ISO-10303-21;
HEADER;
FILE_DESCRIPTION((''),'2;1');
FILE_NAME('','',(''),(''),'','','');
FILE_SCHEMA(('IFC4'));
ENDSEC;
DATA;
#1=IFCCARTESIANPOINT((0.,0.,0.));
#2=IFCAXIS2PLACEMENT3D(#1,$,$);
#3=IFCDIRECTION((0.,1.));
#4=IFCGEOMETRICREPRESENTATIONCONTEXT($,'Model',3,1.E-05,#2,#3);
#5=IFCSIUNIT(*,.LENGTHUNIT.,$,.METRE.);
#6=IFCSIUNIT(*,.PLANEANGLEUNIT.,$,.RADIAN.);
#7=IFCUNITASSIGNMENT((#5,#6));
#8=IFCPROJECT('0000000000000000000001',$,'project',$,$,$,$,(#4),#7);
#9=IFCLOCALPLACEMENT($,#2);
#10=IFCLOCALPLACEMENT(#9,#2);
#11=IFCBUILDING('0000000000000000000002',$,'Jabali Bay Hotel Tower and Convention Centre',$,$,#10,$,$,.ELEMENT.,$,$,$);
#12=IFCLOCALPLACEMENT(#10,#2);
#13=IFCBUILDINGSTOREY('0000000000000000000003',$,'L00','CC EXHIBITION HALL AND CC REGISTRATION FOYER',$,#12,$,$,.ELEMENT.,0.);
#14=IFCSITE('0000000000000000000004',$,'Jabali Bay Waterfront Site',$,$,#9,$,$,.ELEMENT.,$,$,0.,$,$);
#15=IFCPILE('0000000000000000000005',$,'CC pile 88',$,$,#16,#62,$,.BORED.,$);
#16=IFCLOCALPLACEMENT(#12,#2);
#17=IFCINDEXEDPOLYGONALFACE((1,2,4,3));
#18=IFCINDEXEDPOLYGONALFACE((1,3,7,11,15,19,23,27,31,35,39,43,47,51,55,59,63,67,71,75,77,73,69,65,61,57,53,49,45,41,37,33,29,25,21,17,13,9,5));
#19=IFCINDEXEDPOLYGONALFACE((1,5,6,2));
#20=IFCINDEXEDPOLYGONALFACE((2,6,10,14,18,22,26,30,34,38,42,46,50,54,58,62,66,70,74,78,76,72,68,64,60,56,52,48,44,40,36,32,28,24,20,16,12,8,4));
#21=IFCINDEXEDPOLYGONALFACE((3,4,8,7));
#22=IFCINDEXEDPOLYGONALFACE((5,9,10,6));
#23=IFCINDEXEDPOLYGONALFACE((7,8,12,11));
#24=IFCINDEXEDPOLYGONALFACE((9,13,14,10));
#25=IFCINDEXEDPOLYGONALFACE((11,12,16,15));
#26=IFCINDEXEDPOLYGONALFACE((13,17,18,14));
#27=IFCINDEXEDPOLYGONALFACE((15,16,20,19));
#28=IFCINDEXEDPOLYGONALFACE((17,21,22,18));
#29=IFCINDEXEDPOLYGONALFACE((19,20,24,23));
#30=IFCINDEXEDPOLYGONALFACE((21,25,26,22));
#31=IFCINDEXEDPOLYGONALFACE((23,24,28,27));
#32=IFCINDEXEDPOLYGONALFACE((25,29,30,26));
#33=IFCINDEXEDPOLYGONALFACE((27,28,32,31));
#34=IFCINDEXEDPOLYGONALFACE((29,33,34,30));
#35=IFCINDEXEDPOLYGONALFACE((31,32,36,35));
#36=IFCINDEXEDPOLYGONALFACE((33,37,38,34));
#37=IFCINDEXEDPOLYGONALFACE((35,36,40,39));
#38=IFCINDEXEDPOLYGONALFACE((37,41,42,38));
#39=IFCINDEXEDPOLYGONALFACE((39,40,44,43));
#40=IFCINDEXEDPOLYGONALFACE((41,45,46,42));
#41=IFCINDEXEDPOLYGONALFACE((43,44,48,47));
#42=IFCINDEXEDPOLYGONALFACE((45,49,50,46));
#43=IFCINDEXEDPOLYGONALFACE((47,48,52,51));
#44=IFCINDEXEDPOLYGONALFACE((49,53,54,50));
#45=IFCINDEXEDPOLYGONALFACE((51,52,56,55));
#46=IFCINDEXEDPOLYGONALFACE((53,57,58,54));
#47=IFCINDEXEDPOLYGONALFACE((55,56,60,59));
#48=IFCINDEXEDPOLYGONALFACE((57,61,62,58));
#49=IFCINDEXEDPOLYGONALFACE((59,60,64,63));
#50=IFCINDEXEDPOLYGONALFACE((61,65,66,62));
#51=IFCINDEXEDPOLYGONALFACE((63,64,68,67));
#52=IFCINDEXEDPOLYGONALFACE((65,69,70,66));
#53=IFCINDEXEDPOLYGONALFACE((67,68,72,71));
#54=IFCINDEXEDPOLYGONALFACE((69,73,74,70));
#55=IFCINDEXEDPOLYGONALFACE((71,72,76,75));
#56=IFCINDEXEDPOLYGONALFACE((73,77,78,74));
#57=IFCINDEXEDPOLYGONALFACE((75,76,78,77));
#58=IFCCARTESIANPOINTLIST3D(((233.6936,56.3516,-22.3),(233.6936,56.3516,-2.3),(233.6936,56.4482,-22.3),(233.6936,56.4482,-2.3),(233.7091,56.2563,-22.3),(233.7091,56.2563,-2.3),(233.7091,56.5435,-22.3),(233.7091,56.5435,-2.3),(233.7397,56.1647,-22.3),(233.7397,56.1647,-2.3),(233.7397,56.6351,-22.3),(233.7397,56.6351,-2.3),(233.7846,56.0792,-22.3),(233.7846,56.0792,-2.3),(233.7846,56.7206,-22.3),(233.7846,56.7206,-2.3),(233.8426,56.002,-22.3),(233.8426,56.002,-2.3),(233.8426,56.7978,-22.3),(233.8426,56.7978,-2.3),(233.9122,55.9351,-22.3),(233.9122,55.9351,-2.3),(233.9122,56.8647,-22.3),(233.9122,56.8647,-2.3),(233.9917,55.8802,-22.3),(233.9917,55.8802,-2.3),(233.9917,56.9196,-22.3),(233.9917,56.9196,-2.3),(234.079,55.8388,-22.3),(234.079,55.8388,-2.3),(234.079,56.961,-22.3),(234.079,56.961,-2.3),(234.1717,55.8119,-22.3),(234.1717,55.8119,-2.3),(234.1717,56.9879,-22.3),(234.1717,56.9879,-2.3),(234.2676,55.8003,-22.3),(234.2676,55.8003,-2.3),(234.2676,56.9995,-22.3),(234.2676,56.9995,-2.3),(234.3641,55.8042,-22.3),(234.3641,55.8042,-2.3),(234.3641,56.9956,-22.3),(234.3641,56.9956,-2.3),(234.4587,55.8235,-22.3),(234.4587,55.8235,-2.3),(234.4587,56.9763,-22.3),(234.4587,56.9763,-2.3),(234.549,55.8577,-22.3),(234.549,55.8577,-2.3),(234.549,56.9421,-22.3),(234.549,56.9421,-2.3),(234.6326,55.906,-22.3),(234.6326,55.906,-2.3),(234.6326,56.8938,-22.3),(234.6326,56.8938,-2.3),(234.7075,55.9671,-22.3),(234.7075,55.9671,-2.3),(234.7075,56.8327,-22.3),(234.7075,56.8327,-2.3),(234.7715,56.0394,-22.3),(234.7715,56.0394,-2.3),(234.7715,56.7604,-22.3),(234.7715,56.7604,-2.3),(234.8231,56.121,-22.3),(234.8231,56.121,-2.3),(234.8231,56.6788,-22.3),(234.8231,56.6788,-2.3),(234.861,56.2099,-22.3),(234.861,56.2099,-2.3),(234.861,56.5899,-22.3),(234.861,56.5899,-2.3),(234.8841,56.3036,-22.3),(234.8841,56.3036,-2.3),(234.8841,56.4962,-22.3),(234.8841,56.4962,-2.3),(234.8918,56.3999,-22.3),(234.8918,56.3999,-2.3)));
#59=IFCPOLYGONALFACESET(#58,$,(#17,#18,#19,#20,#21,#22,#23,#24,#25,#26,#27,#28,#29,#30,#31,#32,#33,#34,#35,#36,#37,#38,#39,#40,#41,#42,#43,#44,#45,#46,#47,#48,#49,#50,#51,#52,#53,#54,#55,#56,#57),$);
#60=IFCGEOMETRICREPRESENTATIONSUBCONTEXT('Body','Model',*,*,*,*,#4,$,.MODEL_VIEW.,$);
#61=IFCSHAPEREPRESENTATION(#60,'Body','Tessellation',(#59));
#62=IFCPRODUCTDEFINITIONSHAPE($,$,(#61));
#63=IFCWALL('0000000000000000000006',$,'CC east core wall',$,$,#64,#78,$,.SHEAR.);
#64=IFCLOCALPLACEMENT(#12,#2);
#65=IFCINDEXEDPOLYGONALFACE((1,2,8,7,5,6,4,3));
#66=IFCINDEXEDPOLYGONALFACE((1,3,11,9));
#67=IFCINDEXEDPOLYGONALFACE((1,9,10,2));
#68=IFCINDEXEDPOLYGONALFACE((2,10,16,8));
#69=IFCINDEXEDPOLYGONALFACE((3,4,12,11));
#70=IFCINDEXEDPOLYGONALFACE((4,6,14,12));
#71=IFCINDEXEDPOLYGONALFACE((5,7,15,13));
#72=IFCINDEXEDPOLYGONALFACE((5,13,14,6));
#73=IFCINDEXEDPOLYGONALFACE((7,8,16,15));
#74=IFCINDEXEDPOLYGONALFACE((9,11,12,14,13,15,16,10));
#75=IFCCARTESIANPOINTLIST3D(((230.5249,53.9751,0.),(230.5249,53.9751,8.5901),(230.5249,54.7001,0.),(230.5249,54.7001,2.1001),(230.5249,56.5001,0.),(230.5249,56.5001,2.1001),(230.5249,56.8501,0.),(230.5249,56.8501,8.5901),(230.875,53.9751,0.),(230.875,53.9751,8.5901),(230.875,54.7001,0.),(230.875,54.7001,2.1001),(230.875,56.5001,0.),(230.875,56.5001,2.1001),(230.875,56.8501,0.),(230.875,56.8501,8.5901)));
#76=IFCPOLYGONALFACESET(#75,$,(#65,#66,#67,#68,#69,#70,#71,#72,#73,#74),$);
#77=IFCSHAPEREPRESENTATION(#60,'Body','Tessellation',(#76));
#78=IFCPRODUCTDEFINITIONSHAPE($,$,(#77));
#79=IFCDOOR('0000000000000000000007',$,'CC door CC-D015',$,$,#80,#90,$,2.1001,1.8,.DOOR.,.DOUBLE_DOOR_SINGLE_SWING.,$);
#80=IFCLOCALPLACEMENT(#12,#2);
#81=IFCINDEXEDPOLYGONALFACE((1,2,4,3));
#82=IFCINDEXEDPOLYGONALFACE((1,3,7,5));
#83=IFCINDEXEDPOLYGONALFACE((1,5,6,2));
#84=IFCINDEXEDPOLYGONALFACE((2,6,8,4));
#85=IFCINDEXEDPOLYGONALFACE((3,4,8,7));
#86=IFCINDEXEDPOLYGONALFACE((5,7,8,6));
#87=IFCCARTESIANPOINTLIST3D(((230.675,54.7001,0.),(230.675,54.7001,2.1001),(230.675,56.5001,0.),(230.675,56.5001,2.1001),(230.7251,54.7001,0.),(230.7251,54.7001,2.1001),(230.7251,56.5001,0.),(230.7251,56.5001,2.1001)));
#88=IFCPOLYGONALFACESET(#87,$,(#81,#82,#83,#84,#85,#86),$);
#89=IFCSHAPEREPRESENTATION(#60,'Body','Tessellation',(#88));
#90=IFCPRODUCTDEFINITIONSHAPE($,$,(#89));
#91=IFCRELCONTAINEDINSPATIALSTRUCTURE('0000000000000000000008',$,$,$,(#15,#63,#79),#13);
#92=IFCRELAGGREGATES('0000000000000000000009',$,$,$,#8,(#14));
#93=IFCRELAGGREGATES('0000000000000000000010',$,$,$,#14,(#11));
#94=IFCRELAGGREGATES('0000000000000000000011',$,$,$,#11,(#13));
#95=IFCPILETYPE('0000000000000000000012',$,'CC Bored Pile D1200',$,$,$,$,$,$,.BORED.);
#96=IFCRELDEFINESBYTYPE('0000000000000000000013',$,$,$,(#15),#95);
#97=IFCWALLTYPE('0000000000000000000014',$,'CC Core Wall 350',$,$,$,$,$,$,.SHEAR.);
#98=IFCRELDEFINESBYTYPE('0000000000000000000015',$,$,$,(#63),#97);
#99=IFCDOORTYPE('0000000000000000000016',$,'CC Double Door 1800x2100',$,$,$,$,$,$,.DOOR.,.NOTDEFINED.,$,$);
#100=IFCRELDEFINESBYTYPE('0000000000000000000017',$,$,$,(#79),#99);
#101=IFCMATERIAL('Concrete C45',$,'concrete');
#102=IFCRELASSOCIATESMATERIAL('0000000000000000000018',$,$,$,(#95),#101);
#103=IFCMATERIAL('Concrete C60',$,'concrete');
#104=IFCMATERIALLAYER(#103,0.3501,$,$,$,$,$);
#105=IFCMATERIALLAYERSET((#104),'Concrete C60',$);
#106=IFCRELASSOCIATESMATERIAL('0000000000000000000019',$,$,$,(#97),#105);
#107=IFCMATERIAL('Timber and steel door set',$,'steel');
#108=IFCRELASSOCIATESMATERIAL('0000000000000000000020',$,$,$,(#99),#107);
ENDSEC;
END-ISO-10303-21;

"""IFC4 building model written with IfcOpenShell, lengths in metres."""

from ifc_helpers import new_model, si_unit, direction, frame, frame_2d, origin, origin_2d, place, context, subcontext, project, spatial, rectangle, circle, extrude, material, layer, layer_set, material_profile, profile_set, type_object, element, fill, save


model = new_model("IFC4")

# Units and contexts
model_context = context("Model", 3, precision=1e-05, world=origin(), true_north=direction((0.0, 1.0)))
body_context = subcontext(model_context, "Body", "Model", "MODEL_VIEW")
ifc_project = project(units=[si_unit("LENGTHUNIT", "METRE"), si_unit("PLANEANGLEUNIT", "RADIAN")], contexts=[model_context])

# Site, building, storey
site_placement = place(None, origin())
site = spatial("IfcSite", under=ifc_project, at=site_placement, Name="Jabali Bay Waterfront Site", CompositionType="ELEMENT", RefElevation=0.0)
building_placement = place(site_placement, origin())
building = spatial("IfcBuilding", under=site, at=building_placement, Name="Jabali Bay Hotel Tower and Convention Centre", CompositionType="ELEMENT")
storey_placement = place(building_placement, origin())
storey = spatial("IfcBuildingStorey", under=building, at=storey_placement, Name="L00", Description="CC EXHIBITION HALL AND CC REGISTRATION FOYER", CompositionType="ELEMENT", Elevation=0.0)

# Pile
ifc_material_1 = material(Name="Concrete C45", Category="concrete")
ifc_material_profile = material_profile(ifc_material_1, circle(Radius=0.6001, at=origin_2d()), Name="D1200")
ifc_profile_set = profile_set([ifc_material_profile], Name="Concrete C45")
pile_type = type_object("IfcPileType", Name="CC Bored Pile D1200", PredefinedType="BORED", material=ifc_profile_set)
for number, where, z_axis, x_axis, name in (
    (1, (234.2917, 56.3999, -2.3), (0.0, 0.0, -1.0), (1.0, 0.0, 0.0), "CC pile 88"),
):
    element("IfcPile", number, at=place(storey_placement, frame(where, z_axis=z_axis, x_axis=x_axis)), inside=storey, type_object=pile_type, Name=name, PredefinedType="BORED", context=body_context, shape_type="SweptSolid", body=[
        extrude(circle(Radius=0.6001, at=origin_2d()), origin(), (0.0, 0.0, 1.0), 20.0),
    ])

# Wall, opening, door
ifc_material_2 = material(Name="Concrete C60", Category="concrete")
ifc_layer = layer(ifc_material_2, 0.3501)
ifc_layer_set = layer_set([ifc_layer], Name="Concrete C60")
wall_type = type_object("IfcWallType", Name="CC Core Wall 350", PredefinedType="SHEAR", material=ifc_layer_set)
wall_placement = place(storey_placement, frame((230.7, 53.9751, 0.0), z_axis=(0.0, 0.0, 1.0), x_axis=(0.0, 1.0, 0.0)))
wall = element("IfcWall", 2, at=wall_placement, inside=storey, type_object=wall_type, Name="CC east core wall", PredefinedType="SHEAR", context=body_context, shape_type="SweptSolid", body=[
    extrude(rectangle(XDim=2.875, YDim=0.3501, at=frame_2d((1.4375, 0.0))), origin(), (0.0, 0.0, 1.0), 8.5901),
])
opening_placement = place(wall_placement, frame((0.7251, 0.0, 0.0)))
opening = element("IfcOpeningElement", 3, at=opening_placement, cuts=wall, PredefinedType="OPENING", context=body_context, shape_type="SweptSolid", body=[
    extrude(rectangle(XDim=1.8, YDim=2.1001, at=frame_2d((0.8999, 1.05))), frame((0.0, 0.1855, 0.0), z_axis=(0.0, -1.0, 0.0), x_axis=(1.0, 0.0, 0.0)), (0.0, 0.0, 1.0), 0.3711),
])
ifc_material_3 = material(Name="Timber and steel door set", Category="steel")
door_type = type_object("IfcDoorType", Name="CC Double Door 1800x2100", OperationType="NOTDEFINED", PredefinedType="DOOR", material=ifc_material_3)
door_placement = place(opening_placement, origin())
door = element("IfcDoor", 4, at=door_placement, inside=storey, type_object=door_type, Name="CC door CC-D015", OperationType="DOUBLE_DOOR_SINGLE_SWING", OverallHeight=2.1001, OverallWidth=1.8, PredefinedType="DOOR", context=body_context, shape_type="SweptSolid", body=[
    extrude(rectangle(XDim=1.8, YDim=2.1001, at=frame_2d((0.8999, 1.05))), frame((0.0, 0.0249, 0.0), z_axis=(0.0, -1.0, 0.0), x_axis=(1.0, 0.0, 0.0)), (0.0, 0.0, 1.0), 0.05),
])
fill(opening, door)

save(model, "model.ifc")
